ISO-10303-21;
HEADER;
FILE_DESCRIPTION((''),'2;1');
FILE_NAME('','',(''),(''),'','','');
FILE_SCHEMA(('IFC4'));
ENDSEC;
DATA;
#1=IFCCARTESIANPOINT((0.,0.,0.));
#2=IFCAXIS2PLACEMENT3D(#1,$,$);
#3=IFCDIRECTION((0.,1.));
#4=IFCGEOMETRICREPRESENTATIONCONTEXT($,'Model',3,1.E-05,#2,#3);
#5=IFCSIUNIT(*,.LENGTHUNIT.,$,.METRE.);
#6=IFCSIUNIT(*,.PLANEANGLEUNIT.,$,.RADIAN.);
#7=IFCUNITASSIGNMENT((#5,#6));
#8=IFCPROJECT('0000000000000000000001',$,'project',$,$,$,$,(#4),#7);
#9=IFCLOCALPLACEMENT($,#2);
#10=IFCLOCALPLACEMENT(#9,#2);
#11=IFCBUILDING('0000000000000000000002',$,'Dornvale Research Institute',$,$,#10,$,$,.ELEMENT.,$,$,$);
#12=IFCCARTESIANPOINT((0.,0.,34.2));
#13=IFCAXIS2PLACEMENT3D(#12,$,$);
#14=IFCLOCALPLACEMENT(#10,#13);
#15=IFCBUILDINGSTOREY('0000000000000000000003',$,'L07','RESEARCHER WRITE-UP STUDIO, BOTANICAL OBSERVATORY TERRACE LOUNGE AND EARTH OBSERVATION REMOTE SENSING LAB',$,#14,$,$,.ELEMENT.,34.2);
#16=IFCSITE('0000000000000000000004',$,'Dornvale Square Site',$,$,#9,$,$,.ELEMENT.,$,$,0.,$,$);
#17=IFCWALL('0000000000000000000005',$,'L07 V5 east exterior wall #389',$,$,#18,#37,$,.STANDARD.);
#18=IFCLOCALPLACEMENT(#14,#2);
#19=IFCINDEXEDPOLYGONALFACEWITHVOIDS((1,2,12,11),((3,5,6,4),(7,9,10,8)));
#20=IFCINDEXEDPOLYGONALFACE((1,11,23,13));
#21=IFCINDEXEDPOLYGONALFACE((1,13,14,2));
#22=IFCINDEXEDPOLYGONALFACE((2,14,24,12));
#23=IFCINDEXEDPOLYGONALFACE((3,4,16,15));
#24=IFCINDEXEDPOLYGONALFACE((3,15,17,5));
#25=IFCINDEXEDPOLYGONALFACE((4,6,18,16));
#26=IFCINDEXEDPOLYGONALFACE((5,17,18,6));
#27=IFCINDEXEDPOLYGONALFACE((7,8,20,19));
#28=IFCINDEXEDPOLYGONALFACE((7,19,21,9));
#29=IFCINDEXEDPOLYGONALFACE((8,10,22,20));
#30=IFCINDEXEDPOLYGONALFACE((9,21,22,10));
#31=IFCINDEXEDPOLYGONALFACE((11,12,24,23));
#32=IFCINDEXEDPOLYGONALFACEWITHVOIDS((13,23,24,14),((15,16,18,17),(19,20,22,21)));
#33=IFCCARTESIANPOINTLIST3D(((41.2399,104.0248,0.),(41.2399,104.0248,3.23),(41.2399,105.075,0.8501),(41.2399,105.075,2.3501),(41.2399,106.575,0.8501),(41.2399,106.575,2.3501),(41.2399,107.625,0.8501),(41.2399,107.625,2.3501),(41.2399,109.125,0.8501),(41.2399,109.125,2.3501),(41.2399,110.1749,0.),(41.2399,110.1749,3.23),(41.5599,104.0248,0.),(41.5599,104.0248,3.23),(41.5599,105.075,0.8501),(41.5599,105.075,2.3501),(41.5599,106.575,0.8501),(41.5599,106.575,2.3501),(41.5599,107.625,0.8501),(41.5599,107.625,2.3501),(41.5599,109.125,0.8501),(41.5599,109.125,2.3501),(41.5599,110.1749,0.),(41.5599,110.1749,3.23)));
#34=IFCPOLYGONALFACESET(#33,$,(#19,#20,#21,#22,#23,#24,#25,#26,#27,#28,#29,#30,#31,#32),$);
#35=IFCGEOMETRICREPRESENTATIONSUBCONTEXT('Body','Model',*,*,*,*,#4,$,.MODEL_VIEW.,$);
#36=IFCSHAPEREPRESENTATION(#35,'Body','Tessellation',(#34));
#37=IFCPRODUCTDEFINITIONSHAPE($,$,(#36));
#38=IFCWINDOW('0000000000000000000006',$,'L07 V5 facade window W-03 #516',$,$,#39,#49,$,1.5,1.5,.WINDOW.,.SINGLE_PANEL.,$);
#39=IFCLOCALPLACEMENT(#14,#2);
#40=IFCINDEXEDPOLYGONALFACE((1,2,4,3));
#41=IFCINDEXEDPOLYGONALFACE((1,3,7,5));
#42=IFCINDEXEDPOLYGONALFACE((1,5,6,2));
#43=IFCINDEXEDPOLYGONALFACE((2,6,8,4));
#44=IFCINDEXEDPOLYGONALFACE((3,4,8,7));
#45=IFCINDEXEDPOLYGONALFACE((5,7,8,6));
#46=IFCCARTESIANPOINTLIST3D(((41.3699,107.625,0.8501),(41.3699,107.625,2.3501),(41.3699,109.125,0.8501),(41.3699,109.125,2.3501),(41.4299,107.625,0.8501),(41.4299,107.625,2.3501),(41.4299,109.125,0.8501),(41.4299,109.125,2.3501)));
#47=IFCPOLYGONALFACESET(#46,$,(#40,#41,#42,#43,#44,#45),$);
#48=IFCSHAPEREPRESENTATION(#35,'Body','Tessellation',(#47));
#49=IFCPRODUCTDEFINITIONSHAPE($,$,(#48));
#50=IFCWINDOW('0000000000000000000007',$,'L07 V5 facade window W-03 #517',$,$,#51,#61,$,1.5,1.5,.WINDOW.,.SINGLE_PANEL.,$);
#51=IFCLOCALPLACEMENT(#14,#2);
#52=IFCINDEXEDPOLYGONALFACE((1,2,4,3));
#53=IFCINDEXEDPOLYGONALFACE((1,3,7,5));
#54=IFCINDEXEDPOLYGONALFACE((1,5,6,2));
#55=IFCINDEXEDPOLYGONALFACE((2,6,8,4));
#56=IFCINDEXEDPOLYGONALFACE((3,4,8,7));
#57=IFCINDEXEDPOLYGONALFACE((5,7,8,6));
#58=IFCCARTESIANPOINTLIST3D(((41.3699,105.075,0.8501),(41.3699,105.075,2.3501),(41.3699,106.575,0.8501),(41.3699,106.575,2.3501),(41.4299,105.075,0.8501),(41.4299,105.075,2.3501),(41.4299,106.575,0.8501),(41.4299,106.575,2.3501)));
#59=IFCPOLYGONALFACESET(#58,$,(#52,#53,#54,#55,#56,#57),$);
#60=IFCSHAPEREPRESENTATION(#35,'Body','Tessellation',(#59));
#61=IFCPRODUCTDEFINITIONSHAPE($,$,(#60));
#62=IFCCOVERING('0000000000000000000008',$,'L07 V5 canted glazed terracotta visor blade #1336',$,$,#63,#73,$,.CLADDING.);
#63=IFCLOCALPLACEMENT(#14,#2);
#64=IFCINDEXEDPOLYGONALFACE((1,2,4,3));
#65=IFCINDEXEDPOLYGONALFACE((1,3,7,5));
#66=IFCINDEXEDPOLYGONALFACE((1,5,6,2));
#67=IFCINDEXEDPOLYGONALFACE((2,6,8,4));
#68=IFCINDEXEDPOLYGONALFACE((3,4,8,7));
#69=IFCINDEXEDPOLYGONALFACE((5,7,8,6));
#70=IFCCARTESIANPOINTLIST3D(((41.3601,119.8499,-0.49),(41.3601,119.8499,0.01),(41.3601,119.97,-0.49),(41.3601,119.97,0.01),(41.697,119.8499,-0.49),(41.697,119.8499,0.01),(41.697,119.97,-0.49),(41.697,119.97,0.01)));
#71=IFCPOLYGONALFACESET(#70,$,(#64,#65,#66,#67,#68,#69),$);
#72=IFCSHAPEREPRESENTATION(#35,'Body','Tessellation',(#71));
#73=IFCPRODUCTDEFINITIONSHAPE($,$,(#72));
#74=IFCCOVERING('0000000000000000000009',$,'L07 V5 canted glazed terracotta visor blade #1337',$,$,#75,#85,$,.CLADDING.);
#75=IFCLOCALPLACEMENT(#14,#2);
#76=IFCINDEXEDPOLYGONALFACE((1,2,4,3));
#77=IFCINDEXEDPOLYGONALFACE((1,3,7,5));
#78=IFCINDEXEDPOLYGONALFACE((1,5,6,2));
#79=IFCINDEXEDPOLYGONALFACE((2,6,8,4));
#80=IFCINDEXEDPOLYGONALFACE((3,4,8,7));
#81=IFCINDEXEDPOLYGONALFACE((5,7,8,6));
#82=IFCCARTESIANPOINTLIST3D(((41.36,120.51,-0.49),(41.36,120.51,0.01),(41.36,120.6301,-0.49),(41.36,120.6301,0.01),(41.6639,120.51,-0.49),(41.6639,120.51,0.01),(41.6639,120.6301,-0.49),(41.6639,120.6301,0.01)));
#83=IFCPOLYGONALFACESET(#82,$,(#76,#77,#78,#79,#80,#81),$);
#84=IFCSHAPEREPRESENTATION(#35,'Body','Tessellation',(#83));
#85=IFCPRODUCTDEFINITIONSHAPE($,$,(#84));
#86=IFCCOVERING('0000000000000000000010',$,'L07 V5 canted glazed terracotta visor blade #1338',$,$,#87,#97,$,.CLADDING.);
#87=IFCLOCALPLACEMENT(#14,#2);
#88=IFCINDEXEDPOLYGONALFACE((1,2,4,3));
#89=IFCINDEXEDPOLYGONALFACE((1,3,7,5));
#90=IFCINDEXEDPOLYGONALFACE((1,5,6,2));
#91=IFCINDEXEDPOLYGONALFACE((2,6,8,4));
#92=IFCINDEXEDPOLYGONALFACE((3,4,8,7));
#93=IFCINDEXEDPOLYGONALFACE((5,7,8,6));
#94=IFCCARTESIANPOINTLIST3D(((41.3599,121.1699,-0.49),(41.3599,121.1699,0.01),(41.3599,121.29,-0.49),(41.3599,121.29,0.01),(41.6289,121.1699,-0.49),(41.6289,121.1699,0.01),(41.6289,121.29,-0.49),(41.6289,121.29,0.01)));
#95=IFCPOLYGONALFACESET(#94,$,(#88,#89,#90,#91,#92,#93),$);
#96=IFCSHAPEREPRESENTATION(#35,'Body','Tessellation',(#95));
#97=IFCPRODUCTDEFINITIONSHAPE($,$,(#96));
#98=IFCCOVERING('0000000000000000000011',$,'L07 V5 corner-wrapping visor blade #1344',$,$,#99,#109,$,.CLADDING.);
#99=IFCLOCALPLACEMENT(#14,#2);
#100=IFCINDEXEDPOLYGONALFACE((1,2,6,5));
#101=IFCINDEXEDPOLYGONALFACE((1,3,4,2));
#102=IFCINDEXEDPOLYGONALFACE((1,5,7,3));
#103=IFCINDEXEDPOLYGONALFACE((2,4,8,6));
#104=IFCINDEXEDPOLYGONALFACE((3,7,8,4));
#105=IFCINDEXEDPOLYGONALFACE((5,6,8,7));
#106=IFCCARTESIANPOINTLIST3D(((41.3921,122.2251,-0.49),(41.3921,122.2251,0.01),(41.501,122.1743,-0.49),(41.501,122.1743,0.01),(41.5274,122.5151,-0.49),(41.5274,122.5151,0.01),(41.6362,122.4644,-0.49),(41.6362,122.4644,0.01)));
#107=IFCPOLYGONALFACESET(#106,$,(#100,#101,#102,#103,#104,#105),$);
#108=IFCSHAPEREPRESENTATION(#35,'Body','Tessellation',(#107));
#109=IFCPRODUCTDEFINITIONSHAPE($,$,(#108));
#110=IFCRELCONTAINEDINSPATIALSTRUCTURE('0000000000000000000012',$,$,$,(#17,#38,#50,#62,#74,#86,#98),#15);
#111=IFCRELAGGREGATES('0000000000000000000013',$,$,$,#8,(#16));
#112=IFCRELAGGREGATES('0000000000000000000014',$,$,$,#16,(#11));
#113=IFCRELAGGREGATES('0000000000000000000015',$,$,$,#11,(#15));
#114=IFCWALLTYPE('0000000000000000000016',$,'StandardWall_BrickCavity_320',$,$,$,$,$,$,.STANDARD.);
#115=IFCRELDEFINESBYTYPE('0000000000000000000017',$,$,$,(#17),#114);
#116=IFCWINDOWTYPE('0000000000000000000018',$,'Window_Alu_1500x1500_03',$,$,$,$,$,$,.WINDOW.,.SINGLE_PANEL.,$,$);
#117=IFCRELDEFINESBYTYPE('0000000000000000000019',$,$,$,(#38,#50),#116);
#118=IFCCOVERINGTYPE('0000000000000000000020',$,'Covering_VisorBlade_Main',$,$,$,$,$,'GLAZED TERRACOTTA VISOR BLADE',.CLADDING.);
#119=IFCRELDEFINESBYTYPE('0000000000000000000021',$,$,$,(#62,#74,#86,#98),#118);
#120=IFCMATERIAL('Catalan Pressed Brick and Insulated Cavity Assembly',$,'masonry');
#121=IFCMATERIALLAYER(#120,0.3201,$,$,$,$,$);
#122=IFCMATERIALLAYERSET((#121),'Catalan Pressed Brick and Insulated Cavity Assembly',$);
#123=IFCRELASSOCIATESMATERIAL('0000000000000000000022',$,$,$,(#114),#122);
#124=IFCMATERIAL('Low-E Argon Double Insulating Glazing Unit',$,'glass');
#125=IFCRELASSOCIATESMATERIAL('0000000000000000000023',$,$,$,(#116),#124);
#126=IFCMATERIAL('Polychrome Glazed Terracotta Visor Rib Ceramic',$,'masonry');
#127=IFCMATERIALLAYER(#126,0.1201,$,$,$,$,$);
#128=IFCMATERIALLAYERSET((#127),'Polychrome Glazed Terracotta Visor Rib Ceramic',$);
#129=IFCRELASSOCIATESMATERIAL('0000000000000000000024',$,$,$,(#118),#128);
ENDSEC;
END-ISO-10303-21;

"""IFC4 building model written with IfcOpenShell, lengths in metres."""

from ifc_helpers import new_model, si_unit, direction, frame, frame_2d, origin, origin_2d, place, context, subcontext, project, spatial, rectangle, extrude, material, layer, layer_set, type_object, element, fill, save


model = new_model("IFC4")

# Units and contexts
model_context = context("Model", 3, precision=1e-05, world=origin(), true_north=direction((0.0, 1.0)))
body_context = subcontext(model_context, "Body", "Model", "MODEL_VIEW")
ifc_project = project(units=[si_unit("LENGTHUNIT", "METRE"), si_unit("PLANEANGLEUNIT", "RADIAN")], contexts=[model_context])

# Site, building, storey
site_placement = place(None, origin())
site = spatial("IfcSite", under=ifc_project, at=site_placement, Name="Dornvale Square Site", CompositionType="ELEMENT", RefElevation=0.0)
building_placement = place(site_placement, origin())
building = spatial("IfcBuilding", under=site, at=building_placement, Name="Dornvale Research Institute", CompositionType="ELEMENT")
storey_placement = place(building_placement, frame((0.0, 0.0, 34.2)))
storey = spatial("IfcBuildingStorey", under=building, at=storey_placement, Name="L07", Description="RESEARCHER WRITE-UP STUDIO, BOTANICAL OBSERVATORY TERRACE LOUNGE AND EARTH OBSERVATION REMOTE SENSING LAB", CompositionType="ELEMENT", Elevation=34.2)

# Wall, openings, windows
ifc_material_1 = material(Name="Catalan Pressed Brick and Insulated Cavity Assembly", Category="masonry")
ifc_layer_1 = layer(ifc_material_1, 0.3201)
ifc_layer_set_1 = layer_set([ifc_layer_1], Name="Catalan Pressed Brick and Insulated Cavity Assembly")
wall_type = type_object("IfcWallType", Name="StandardWall_BrickCavity_320", PredefinedType="STANDARD", material=ifc_layer_set_1)
wall_placement = place(storey_placement, frame((41.3999, 110.175, 0.0), z_axis=(0.0, 0.0, 1.0), x_axis=(0.0, -1.0, 0.0)))
wall = element("IfcWall", 1, at=wall_placement, inside=storey, type_object=wall_type, Name="L07 V5 east exterior wall #389", PredefinedType="STANDARD", context=body_context, shape_type="SweptSolid", body=[
    extrude(rectangle(XDim=6.1501, YDim=0.3201, at=frame_2d((3.0752, 0.0))), origin(), (0.0, 0.0, 1.0), 3.23),
])
opening_1_placement = place(wall_placement, frame((1.05, 0.0, 0.8501)))
opening_1 = element("IfcOpeningElement", 2, at=opening_1_placement, cuts=wall, PredefinedType="OPENING", context=body_context, shape_type="SweptSolid", body=[
    extrude(rectangle(XDim=1.5, YDim=1.5, at=frame_2d((0.75, 0.75))), frame((0.0, 0.175, 0.0), z_axis=(0.0, -1.0, 0.0), x_axis=(1.0, 0.0, 0.0)), (0.0, 0.0, 1.0), 0.3501),
])
opening_2_placement = place(wall_placement, frame((3.6001, 0.0, 0.8501)))
opening_2 = element("IfcOpeningElement", 3, at=opening_2_placement, cuts=wall, PredefinedType="OPENING", context=body_context, shape_type="SweptSolid", body=[
    extrude(rectangle(XDim=1.5, YDim=1.5, at=frame_2d((0.75, 0.75))), frame((0.0, 0.175, 0.0), z_axis=(0.0, -1.0, 0.0), x_axis=(1.0, 0.0, 0.0)), (0.0, 0.0, 1.0), 0.3501),
])
ifc_material_2 = material(Name="Low-E Argon Double Insulating Glazing Unit", Category="glass")
window_type = type_object("IfcWindowType", Name="Window_Alu_1500x1500_03", PartitioningType="SINGLE_PANEL", PredefinedType="WINDOW", material=ifc_material_2)
window_1_placement = place(opening_1_placement, origin())
window_1 = element("IfcWindow", 4, at=window_1_placement, inside=storey, type_object=window_type, Name="L07 V5 facade window W-03 #516", OverallHeight=1.5, OverallWidth=1.5, PartitioningType="SINGLE_PANEL", PredefinedType="WINDOW", context=body_context, shape_type="SweptSolid", body=[
    extrude(rectangle(XDim=1.5, YDim=1.5, at=frame_2d((0.75, 0.75))), frame((0.0, 0.03, 0.0), z_axis=(0.0, -1.0, 0.0), x_axis=(1.0, 0.0, 0.0)), (0.0, 0.0, 1.0), 0.0601),
])
fill(opening_1, window_1)
window_2_placement = place(opening_2_placement, origin())
window_2 = element("IfcWindow", 5, at=window_2_placement, inside=storey, type_object=window_type, Name="L07 V5 facade window W-03 #517", OverallHeight=1.5, OverallWidth=1.5, PartitioningType="SINGLE_PANEL", PredefinedType="WINDOW", context=body_context, shape_type="SweptSolid", body=[
    extrude(rectangle(XDim=1.5, YDim=1.5, at=frame_2d((0.75, 0.75))), frame((0.0, 0.03, 0.0), z_axis=(0.0, -1.0, 0.0), x_axis=(1.0, 0.0, 0.0)), (0.0, 0.0, 1.0), 0.0601),
])
fill(opening_2, window_2)

# Coverings
ifc_material_3 = material(Name="Polychrome Glazed Terracotta Visor Rib Ceramic", Category="masonry")
ifc_layer_2 = layer(ifc_material_3, 0.1201)
ifc_layer_set_2 = layer_set([ifc_layer_2], Name="Polychrome Glazed Terracotta Visor Rib Ceramic")
covering_type = type_object("IfcCoveringType", Name="Covering_VisorBlade_Main", ElementType="GLAZED TERRACOTTA VISOR BLADE", PredefinedType="CLADDING", material=ifc_layer_set_2)
covering_1_placement = place(storey_placement, frame((41.5286, 119.9099, -0.49), z_axis=(0.0, 0.0, 1.0), x_axis=(1.0, 0.0, 0.0)))
element("IfcCovering", 6, at=covering_1_placement, inside=storey, type_object=covering_type, Name="L07 V5 canted glazed terracotta visor blade #1336", PredefinedType="CLADDING", context=body_context, shape_type="SweptSolid", body=[
    extrude(rectangle(XDim=0.3369, YDim=0.1201, at=origin_2d()), origin(), (0.0, 0.0, 1.0), 0.5),
])
covering_2_placement = place(storey_placement, frame((41.512, 120.5701, -0.49), z_axis=(0.0, 0.0, 1.0), x_axis=(1.0, 0.0, 0.0)))
element("IfcCovering", 7, at=covering_2_placement, inside=storey, type_object=covering_type, Name="L07 V5 canted glazed terracotta visor blade #1337", PredefinedType="CLADDING", context=body_context, shape_type="SweptSolid", body=[
    extrude(rectangle(XDim=0.304, YDim=0.1201, at=origin_2d()), origin(), (0.0, 0.0, 1.0), 0.5),
])
covering_3_placement = place(storey_placement, frame((41.4944, 121.23, -0.49), z_axis=(0.0, 0.0, 1.0), x_axis=(1.0, 0.0, 0.0)))
element("IfcCovering", 8, at=covering_3_placement, inside=storey, type_object=covering_type, Name="L07 V5 canted glazed terracotta visor blade #1338", PredefinedType="CLADDING", context=body_context, shape_type="SweptSolid", body=[
    extrude(rectangle(XDim=0.269, YDim=0.1201, at=origin_2d()), origin(), (0.0, 0.0, 1.0), 0.5),
])
covering_4_placement = place(storey_placement, frame((41.5142, 122.3447, -0.49), z_axis=(0.0, 0.0, 1.0), x_axis=(0.422618, 0.906308, 0.0)))
element("IfcCovering", 9, at=covering_4_placement, inside=storey, type_object=covering_type, Name="L07 V5 corner-wrapping visor blade #1344", PredefinedType="CLADDING", context=body_context, shape_type="SweptSolid", body=[
    extrude(rectangle(XDim=0.3201, YDim=0.1201, at=origin_2d()), origin(), (0.0, 0.0, 1.0), 0.5),
])

save(model, "model.ifc")
